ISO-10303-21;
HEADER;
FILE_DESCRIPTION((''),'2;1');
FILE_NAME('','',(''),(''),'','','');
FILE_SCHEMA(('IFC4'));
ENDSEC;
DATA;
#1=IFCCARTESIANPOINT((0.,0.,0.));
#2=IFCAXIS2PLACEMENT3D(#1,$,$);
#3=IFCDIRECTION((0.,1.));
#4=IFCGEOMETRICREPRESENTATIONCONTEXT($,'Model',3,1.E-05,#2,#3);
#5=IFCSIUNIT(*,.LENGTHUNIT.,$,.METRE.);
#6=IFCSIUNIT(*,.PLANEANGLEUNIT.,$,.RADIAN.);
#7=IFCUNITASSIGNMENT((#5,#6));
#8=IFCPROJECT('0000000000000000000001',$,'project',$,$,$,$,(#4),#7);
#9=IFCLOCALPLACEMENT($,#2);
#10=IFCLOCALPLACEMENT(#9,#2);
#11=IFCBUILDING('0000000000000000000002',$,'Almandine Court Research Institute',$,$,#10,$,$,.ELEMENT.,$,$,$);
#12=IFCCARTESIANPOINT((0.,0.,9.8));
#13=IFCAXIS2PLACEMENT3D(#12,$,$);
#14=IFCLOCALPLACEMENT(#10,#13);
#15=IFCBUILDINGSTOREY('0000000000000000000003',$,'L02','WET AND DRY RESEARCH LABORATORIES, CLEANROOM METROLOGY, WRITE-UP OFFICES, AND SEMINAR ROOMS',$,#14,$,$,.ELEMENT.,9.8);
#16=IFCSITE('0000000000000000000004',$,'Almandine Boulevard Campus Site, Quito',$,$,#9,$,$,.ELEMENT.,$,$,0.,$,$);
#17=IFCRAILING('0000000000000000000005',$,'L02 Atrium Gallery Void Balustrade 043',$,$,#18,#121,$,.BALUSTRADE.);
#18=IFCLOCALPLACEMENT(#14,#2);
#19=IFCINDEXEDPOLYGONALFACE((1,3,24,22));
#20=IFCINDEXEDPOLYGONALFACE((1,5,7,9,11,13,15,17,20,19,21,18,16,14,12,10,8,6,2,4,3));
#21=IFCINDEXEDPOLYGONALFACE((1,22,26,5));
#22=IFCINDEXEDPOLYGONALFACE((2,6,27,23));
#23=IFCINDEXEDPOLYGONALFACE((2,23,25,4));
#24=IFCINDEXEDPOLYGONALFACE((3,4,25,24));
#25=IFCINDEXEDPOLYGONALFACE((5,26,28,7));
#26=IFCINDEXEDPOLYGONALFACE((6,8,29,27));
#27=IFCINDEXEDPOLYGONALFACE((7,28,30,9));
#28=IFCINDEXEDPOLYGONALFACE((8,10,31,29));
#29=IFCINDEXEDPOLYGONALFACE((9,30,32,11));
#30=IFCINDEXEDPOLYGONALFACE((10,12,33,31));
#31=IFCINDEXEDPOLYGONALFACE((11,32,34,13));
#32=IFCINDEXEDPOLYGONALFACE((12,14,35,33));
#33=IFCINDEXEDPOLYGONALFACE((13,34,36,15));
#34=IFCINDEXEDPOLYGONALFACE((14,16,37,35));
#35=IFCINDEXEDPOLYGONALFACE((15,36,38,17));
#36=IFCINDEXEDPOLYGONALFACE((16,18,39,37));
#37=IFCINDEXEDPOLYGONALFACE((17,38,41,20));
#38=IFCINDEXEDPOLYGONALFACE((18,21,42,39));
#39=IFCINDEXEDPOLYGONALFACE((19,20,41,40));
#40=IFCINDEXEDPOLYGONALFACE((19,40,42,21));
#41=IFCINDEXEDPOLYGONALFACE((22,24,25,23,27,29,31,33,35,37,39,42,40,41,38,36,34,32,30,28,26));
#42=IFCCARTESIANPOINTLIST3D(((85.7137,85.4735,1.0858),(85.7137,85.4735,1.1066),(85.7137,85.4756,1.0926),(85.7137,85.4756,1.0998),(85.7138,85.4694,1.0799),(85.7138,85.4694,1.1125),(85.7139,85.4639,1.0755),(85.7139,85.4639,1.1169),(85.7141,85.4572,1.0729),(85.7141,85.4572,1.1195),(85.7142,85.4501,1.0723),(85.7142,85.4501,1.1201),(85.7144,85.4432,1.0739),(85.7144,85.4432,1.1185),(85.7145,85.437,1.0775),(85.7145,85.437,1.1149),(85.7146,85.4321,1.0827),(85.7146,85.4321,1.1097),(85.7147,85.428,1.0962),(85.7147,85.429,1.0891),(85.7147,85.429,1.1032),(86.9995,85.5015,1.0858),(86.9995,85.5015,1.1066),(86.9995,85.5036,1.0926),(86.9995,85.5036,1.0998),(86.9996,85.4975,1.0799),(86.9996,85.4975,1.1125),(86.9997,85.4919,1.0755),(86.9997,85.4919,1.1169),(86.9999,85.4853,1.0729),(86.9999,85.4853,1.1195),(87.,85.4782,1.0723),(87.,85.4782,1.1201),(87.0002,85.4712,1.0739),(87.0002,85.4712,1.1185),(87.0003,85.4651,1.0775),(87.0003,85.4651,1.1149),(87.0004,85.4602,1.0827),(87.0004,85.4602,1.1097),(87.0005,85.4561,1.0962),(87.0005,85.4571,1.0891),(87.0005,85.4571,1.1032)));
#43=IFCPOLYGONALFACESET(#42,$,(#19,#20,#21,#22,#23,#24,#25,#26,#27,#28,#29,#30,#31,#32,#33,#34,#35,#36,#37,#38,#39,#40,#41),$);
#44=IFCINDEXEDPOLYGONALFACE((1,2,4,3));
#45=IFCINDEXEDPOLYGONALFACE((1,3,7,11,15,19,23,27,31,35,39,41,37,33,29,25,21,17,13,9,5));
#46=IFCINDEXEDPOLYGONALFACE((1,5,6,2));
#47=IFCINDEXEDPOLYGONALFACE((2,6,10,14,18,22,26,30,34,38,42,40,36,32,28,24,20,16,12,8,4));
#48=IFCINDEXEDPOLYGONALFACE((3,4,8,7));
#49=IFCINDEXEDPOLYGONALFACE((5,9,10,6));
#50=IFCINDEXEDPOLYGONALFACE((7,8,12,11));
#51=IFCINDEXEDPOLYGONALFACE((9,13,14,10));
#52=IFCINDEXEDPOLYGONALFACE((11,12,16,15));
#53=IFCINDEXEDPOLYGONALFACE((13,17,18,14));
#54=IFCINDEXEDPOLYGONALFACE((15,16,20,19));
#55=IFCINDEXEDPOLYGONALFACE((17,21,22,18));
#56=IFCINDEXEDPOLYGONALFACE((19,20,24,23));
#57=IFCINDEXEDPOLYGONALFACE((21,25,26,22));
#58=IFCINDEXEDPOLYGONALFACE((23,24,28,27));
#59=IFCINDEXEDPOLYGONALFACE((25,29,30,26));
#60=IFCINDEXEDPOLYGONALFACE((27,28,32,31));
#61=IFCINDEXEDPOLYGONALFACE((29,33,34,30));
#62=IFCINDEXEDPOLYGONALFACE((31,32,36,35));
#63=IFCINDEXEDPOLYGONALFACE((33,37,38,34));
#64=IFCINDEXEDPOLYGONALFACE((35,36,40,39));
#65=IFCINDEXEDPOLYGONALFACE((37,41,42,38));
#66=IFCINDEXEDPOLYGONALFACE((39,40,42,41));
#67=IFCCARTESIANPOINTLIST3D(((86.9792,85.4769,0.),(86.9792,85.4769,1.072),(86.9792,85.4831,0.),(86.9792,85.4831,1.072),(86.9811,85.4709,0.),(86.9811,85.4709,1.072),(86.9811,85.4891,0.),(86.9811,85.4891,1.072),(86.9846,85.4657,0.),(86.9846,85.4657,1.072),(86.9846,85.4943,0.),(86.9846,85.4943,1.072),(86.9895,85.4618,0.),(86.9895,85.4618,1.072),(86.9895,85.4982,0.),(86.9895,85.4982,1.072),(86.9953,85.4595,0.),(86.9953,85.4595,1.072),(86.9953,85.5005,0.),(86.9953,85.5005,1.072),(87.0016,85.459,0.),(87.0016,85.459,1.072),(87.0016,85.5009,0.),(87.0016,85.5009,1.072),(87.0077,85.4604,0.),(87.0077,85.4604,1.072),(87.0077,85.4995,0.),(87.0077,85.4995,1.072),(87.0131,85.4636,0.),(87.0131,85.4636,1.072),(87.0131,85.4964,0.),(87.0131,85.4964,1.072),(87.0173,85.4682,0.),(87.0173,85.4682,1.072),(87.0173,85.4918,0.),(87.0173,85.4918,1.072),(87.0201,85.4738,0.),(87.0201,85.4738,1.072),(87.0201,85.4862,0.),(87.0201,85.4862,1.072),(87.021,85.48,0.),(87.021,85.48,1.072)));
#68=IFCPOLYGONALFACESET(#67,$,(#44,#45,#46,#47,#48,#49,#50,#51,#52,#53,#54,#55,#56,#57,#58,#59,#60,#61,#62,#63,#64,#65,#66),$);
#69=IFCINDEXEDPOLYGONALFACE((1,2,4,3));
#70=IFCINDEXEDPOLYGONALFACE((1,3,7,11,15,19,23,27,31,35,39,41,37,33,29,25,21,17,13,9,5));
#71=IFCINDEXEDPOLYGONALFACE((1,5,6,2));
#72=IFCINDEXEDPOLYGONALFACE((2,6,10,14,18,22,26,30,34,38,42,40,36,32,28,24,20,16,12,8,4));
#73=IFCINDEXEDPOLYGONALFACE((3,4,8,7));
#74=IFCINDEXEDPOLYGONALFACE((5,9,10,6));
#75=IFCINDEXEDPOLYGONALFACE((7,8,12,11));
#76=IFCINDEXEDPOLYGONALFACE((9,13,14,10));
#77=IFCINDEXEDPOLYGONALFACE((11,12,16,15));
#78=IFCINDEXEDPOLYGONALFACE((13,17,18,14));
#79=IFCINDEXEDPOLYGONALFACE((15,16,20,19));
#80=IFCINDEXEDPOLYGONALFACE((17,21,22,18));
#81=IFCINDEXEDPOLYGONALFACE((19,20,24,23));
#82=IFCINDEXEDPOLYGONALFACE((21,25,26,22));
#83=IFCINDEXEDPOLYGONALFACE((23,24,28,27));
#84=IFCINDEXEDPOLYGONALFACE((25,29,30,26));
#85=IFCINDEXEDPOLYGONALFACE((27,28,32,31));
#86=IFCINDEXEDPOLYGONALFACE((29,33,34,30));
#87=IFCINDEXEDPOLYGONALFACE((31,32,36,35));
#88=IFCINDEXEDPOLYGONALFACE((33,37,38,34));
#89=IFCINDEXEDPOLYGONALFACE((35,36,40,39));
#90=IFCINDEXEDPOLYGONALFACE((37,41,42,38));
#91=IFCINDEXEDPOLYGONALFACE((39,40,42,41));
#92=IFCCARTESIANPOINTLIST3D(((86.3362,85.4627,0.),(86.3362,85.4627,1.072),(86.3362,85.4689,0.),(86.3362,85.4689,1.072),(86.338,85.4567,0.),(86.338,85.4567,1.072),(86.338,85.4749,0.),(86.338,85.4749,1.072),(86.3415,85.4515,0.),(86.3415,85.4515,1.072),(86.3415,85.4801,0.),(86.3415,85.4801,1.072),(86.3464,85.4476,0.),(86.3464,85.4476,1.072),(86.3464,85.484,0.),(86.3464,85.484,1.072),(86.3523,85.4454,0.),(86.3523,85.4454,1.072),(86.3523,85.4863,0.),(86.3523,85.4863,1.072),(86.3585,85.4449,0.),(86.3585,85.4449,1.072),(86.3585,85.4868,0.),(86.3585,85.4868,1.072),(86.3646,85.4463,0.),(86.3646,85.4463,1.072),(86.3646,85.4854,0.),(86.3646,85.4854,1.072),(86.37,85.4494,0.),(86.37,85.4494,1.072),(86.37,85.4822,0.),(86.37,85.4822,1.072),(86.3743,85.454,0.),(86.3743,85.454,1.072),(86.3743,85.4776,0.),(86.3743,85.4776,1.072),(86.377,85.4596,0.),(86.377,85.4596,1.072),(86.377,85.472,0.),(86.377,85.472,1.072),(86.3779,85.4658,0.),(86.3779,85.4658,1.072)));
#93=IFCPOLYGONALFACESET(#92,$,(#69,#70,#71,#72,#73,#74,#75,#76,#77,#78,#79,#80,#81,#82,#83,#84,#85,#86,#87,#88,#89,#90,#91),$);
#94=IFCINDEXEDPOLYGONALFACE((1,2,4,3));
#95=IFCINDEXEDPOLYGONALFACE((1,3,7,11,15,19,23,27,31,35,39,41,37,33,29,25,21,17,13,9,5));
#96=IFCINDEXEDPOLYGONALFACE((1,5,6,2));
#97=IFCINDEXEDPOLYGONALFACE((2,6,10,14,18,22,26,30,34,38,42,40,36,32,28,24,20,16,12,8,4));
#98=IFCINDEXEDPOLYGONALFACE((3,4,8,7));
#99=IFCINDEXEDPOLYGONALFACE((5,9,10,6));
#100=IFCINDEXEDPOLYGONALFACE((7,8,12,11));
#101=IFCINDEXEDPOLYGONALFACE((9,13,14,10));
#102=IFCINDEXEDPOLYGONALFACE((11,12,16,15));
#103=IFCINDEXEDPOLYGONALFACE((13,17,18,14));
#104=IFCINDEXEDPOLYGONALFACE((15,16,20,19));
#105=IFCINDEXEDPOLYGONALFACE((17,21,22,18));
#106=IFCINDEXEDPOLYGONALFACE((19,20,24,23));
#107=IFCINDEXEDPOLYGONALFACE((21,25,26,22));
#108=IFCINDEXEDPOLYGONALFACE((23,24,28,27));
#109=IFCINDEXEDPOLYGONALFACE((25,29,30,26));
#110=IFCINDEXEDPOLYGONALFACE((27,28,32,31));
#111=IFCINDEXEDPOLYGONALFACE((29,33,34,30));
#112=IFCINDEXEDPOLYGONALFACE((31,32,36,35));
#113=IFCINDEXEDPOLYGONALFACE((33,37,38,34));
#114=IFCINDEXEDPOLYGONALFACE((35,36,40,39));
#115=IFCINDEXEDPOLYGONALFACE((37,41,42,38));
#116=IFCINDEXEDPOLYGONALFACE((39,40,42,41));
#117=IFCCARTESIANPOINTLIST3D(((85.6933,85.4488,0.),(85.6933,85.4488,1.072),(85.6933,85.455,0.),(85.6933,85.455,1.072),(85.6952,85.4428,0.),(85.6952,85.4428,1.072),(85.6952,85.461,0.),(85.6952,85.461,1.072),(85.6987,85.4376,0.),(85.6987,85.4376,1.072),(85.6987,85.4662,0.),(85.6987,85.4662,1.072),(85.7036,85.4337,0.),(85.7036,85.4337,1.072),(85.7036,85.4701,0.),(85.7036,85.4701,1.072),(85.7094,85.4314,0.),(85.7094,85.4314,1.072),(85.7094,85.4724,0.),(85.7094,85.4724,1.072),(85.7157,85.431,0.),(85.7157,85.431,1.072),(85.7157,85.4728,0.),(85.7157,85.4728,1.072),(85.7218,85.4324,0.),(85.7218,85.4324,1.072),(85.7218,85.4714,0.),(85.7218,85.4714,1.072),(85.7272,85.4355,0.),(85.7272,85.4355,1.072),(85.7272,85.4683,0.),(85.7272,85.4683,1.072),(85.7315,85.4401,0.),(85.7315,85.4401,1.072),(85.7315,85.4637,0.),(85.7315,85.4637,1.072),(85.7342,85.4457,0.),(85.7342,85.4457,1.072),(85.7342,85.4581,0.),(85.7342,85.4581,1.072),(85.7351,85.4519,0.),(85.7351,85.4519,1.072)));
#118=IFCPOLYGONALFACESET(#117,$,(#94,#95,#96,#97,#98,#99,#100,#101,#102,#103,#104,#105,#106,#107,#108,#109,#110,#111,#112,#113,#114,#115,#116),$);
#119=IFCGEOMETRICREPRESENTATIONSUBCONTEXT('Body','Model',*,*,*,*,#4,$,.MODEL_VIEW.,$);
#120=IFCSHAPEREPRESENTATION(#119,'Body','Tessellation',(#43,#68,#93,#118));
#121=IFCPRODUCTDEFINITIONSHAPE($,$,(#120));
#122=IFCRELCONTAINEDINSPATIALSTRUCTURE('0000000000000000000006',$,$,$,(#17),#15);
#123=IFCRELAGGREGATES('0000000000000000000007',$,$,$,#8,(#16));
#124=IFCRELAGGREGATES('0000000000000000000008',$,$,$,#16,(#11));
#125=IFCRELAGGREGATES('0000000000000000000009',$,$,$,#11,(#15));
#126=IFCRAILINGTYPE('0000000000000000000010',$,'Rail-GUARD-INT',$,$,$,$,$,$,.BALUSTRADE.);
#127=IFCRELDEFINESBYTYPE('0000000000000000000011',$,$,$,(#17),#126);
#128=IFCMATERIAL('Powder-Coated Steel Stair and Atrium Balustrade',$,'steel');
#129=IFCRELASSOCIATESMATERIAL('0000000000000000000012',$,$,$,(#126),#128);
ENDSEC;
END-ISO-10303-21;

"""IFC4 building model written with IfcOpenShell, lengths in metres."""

from ifc_helpers import new_model, si_unit, direction, frame, origin, origin_2d, place, context, subcontext, project, spatial, circle, extrude, material, type_object, element, save


model = new_model("IFC4")

# Units and contexts
model_context = context("Model", 3, precision=1e-05, world=origin(), true_north=direction((0.0, 1.0)))
body_context = subcontext(model_context, "Body", "Model", "MODEL_VIEW")
ifc_project = project(units=[si_unit("LENGTHUNIT", "METRE"), si_unit("PLANEANGLEUNIT", "RADIAN")], contexts=[model_context])

# Site, building, storey
site_placement = place(None, origin())
site = spatial("IfcSite", under=ifc_project, at=site_placement, Name="Almandine Boulevard Campus Site, Quito", CompositionType="ELEMENT", RefElevation=0.0)
building_placement = place(site_placement, origin())
building = spatial("IfcBuilding", under=site, at=building_placement, Name="Almandine Court Research Institute", CompositionType="ELEMENT")
storey_placement = place(building_placement, frame((0.0, 0.0, 9.8)))
storey = spatial("IfcBuildingStorey", under=building, at=storey_placement, Name="L02", Description="WET AND DRY RESEARCH LABORATORIES, CLEANROOM METROLOGY, WRITE-UP OFFICES, AND SEMINAR ROOMS", CompositionType="ELEMENT", Elevation=9.8)

# Railing
ifc_material_1 = material(Name="Powder-Coated Steel Stair and Atrium Balustrade", Category="steel")
railing_type_1 = type_object("IfcRailingType", Name="Rail-GUARD-INT", PredefinedType="BALUSTRADE", material=ifc_material_1)
railing_1_placement = place(storey_placement, frame((87.0, 85.48, 0.0)))
element("IfcRailing", 1, at=railing_1_placement, inside=storey, type_object=railing_type_1, Name="L02 Atrium Gallery Void Balustrade 043", PredefinedType="BALUSTRADE", context=body_context, shape_type="SweptSolid", body=[
    extrude(circle(Radius=0.0239, at=origin_2d()), frame((0.0, 0.0, 1.0962), z_axis=(-0.999762, -0.021829, 0.0), x_axis=(0.021829, -0.999762, 0.0)), (0.0, 0.0, 1.0), 1.2861),
    extrude(circle(Radius=0.021, at=origin_2d()), origin(), (0.0, 0.0, 1.0), 1.072),
    extrude(circle(Radius=0.021, at=origin_2d()), frame((-0.6431, -0.0142, 0.0)), (0.0, 0.0, 1.0), 1.072),
    extrude(circle(Radius=0.021, at=origin_2d()), frame((-1.2859, -0.0281, 0.0)), (0.0, 0.0, 1.0), 1.072),
])

save(model, "model.ifc")
